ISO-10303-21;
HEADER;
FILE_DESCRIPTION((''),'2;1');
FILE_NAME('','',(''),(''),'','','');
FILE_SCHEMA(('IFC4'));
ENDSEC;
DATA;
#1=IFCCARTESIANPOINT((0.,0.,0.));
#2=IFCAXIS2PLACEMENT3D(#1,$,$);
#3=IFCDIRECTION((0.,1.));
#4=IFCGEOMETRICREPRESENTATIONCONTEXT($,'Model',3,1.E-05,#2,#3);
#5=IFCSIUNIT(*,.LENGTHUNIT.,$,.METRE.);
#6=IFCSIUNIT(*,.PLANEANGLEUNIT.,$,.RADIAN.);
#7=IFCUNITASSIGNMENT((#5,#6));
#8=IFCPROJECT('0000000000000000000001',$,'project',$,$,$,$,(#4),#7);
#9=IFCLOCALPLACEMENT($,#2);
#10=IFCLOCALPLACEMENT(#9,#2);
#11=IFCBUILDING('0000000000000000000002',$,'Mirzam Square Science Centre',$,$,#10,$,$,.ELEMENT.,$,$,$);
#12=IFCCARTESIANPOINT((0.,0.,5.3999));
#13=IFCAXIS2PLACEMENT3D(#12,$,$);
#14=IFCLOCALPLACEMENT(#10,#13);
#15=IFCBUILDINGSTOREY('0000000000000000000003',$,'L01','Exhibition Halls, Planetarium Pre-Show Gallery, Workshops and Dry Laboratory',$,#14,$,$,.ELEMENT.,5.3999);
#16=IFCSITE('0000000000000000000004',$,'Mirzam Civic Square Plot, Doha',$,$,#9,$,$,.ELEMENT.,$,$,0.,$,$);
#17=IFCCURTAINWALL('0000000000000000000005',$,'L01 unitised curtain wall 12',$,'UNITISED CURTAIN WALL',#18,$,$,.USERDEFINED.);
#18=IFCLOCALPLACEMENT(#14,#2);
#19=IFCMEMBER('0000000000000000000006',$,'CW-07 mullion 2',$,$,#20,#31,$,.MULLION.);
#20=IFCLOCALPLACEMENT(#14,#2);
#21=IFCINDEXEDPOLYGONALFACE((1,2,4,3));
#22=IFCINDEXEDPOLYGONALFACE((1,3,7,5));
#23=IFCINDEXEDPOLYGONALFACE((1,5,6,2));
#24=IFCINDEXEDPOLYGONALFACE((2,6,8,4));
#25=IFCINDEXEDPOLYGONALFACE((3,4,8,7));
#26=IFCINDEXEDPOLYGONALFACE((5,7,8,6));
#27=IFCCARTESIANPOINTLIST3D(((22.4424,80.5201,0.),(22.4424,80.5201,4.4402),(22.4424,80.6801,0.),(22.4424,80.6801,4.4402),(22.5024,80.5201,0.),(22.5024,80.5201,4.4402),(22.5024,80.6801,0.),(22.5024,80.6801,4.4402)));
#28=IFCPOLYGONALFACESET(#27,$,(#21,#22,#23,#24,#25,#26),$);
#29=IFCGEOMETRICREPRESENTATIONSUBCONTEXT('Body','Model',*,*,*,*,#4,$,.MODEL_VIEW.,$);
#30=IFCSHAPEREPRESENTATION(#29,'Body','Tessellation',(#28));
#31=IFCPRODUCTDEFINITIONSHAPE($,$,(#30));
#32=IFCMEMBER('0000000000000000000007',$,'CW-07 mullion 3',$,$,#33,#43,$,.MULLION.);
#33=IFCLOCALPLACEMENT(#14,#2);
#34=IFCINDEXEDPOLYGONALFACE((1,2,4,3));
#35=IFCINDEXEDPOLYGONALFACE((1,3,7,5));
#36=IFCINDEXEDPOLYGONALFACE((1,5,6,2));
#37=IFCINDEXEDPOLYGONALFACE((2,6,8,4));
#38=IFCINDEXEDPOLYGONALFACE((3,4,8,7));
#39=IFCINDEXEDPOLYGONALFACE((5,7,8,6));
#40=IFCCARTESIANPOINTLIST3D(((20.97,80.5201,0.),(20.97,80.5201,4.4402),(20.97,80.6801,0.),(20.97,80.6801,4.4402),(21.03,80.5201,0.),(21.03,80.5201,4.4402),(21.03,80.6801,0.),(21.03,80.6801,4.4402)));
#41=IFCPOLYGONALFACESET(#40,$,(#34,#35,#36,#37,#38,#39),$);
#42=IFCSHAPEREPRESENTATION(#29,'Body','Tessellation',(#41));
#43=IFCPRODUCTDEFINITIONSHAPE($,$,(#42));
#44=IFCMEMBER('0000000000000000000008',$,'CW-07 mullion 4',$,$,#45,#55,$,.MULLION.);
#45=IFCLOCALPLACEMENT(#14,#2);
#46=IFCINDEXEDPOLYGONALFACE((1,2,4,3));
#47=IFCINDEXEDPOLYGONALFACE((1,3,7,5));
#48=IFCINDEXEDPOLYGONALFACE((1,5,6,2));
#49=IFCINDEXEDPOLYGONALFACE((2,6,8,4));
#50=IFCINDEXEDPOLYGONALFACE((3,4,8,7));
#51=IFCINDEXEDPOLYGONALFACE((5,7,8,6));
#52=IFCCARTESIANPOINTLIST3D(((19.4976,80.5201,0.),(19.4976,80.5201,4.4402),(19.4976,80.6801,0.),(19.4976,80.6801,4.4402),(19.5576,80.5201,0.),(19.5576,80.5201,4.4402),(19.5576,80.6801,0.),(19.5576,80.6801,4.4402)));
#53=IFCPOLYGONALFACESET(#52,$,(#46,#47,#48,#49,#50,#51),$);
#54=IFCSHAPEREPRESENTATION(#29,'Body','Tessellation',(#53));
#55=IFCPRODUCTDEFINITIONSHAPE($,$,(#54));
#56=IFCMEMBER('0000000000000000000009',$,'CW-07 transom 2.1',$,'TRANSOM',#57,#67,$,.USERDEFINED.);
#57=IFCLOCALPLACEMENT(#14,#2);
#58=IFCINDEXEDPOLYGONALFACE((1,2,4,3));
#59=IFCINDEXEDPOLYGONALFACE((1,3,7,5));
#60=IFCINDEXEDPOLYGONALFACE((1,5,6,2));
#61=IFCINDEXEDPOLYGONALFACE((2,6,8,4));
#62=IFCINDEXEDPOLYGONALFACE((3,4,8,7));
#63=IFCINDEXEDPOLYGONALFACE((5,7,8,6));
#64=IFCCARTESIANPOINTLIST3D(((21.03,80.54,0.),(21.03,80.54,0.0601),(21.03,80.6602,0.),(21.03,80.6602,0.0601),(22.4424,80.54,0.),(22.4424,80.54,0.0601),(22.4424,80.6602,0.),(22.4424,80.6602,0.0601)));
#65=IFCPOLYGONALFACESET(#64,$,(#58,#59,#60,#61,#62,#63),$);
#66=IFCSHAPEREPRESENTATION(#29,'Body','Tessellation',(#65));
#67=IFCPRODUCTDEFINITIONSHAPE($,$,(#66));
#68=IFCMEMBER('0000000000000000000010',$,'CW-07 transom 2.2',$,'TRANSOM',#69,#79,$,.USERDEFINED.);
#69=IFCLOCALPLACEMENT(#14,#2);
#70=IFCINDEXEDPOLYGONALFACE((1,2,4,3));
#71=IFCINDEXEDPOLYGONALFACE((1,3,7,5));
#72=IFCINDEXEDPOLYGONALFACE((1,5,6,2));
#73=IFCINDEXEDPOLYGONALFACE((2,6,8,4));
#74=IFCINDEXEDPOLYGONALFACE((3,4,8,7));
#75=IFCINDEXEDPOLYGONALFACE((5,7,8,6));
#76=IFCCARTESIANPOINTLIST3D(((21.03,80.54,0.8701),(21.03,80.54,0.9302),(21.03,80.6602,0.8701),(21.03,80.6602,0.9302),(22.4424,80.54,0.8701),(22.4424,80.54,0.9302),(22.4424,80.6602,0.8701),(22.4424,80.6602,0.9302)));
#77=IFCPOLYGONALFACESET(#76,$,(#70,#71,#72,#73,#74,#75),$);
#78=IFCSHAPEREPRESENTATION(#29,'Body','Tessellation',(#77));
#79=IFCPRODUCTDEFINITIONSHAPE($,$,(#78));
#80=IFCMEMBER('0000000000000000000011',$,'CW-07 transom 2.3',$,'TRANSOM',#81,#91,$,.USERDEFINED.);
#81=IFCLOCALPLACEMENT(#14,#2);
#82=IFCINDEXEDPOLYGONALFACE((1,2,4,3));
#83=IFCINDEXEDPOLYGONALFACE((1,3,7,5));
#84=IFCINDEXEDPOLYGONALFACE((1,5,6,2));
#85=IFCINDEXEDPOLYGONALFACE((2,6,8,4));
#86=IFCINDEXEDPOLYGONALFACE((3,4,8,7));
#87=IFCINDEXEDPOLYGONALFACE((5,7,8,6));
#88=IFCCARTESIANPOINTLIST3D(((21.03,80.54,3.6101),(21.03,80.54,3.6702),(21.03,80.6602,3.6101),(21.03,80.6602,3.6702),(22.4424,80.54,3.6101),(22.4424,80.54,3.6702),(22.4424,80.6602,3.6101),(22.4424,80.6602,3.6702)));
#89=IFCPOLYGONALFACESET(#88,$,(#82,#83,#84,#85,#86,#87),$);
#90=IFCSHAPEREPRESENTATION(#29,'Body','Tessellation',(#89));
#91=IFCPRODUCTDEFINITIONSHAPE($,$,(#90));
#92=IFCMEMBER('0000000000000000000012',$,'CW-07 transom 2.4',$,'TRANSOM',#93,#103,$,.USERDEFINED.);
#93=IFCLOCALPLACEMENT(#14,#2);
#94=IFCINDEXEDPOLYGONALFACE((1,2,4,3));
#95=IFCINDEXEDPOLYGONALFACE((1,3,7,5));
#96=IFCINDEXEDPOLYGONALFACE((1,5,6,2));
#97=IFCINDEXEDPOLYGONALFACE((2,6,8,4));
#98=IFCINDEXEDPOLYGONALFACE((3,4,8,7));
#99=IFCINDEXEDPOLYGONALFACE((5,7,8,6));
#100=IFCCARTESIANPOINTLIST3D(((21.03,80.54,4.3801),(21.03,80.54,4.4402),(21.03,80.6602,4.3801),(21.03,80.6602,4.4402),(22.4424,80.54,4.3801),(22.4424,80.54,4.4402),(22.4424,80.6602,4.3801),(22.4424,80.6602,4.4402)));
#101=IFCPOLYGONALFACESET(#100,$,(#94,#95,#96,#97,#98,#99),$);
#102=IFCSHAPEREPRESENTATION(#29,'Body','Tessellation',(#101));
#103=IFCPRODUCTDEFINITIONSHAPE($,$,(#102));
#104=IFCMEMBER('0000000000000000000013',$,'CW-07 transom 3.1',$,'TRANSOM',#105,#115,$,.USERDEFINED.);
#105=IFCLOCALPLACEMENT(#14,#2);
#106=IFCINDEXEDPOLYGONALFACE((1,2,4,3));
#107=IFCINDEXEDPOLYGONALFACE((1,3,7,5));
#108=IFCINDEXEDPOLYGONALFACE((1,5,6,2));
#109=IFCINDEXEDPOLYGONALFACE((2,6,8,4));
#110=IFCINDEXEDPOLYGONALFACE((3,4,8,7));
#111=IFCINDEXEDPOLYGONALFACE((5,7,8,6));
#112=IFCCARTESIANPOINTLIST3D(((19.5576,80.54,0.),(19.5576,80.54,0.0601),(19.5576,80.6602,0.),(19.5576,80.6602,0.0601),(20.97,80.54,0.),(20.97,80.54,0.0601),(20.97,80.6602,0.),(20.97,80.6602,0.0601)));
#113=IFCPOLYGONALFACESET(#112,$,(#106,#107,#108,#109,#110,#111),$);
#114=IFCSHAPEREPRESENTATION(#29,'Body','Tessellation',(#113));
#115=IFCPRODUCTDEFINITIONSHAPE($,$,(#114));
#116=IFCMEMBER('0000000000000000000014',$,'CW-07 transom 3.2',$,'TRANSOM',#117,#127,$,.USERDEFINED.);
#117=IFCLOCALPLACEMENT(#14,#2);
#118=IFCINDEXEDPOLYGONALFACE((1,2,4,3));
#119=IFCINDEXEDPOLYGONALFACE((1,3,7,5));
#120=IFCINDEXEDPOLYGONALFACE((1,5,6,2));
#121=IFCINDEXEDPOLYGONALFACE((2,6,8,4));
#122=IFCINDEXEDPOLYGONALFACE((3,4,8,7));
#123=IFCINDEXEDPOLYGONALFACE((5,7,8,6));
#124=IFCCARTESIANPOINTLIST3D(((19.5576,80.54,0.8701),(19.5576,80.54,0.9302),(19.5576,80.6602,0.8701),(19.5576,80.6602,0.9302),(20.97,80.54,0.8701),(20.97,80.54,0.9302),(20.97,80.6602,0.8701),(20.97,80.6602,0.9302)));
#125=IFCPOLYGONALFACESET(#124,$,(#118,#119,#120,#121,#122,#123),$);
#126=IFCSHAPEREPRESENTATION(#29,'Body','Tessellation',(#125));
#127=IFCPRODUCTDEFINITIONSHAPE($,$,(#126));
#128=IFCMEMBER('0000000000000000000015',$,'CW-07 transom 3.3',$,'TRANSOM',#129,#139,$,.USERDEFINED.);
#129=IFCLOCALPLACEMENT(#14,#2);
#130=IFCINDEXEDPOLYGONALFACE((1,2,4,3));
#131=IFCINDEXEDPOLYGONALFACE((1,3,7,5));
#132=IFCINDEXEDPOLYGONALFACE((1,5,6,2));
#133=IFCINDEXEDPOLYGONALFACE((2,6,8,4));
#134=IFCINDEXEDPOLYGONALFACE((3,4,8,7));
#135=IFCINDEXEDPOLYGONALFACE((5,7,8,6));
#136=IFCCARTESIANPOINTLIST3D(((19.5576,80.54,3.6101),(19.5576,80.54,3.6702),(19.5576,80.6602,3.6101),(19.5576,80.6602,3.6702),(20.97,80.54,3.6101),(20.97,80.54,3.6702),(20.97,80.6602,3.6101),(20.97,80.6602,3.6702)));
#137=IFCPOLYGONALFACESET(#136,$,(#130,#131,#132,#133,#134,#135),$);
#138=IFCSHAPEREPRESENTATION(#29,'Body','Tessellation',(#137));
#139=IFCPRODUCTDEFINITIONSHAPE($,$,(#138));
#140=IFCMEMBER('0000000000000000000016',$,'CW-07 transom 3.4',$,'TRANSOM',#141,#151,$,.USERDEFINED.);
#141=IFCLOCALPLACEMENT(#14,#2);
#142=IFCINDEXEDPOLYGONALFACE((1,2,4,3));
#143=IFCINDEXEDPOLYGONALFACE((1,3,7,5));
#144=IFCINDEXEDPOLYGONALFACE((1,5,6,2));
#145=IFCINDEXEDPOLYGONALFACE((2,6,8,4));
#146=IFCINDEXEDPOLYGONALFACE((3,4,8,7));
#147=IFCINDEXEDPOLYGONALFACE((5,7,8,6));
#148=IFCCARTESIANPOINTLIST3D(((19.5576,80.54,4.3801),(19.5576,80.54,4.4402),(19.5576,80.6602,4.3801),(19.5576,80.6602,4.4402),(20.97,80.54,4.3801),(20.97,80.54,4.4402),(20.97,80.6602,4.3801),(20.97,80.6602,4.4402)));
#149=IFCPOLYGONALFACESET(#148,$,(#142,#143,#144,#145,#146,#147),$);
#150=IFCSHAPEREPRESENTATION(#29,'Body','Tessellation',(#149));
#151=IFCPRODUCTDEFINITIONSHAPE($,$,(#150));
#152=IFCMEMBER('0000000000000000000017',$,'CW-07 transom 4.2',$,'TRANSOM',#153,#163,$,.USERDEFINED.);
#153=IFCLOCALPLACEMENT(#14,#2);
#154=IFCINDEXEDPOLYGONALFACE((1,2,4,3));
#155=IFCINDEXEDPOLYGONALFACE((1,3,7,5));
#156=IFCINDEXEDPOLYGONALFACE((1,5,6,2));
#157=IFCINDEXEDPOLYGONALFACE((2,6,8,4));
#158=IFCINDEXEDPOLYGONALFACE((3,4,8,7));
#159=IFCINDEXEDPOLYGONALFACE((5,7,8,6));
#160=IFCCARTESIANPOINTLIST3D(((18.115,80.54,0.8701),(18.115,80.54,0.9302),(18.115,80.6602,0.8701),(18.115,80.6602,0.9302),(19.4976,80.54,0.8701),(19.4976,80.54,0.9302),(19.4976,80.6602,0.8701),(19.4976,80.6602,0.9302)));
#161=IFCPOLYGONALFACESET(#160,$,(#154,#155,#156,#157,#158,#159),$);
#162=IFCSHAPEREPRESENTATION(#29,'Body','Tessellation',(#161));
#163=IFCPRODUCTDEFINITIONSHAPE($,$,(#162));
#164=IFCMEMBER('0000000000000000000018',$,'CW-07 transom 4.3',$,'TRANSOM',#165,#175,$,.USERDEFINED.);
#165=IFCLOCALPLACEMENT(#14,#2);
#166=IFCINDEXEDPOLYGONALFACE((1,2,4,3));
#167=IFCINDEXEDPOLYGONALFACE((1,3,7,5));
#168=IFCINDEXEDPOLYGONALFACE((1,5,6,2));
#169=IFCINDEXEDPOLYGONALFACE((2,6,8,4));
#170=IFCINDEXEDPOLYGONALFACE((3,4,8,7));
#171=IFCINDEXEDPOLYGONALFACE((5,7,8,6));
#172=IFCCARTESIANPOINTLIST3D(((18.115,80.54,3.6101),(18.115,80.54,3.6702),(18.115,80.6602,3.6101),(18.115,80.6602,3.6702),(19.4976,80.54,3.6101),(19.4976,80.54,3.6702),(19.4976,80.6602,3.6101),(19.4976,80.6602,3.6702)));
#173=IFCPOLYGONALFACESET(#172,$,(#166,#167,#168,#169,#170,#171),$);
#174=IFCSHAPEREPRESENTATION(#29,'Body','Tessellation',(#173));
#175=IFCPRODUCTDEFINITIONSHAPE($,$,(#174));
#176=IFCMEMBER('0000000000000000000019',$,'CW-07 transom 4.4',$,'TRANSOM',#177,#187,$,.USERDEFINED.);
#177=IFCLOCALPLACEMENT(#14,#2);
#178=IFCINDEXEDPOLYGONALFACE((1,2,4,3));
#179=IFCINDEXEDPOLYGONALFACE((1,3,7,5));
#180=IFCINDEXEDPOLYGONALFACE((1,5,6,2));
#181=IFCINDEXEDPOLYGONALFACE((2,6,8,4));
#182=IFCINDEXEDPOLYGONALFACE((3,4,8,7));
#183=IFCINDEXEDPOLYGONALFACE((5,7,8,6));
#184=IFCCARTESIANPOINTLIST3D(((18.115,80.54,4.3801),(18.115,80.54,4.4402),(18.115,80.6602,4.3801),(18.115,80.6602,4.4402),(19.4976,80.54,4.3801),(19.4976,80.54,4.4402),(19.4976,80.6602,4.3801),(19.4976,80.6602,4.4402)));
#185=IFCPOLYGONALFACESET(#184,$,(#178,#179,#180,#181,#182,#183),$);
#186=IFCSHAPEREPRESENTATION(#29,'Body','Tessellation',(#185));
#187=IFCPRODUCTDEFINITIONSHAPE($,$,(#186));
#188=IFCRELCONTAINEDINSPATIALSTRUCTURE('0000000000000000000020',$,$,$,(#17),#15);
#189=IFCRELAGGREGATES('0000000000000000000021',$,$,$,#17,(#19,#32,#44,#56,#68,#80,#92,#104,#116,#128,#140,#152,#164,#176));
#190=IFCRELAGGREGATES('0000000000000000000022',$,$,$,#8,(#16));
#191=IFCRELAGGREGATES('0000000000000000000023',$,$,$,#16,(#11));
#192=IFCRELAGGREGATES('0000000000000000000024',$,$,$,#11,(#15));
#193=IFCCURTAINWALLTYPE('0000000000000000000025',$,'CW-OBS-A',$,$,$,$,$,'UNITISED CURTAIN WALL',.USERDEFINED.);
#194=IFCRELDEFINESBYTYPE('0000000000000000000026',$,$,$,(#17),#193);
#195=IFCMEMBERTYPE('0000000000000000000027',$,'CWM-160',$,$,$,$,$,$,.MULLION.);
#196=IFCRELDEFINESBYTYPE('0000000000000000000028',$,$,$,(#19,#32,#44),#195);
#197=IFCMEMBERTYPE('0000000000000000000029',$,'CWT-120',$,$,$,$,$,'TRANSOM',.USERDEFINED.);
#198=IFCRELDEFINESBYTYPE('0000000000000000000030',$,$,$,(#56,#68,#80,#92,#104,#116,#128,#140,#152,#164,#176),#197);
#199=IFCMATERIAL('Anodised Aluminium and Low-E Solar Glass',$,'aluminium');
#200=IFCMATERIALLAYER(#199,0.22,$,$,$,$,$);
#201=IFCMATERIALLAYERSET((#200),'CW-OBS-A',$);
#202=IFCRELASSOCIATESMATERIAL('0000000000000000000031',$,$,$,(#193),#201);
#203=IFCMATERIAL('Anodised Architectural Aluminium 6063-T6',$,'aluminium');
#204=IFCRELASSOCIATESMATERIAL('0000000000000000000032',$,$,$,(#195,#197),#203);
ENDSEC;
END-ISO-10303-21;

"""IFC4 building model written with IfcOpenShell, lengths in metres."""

from ifc_helpers import new_model, si_unit, direction, frame, origin, origin_2d, place, context, subcontext, project, spatial, rectangle, extrude, material, layer, layer_set, material_profile, profile_set, type_object, element, aggregate, save


model = new_model("IFC4")

# Units and contexts
model_context = context("Model", 3, precision=1e-05, world=origin(), true_north=direction((0.0, 1.0)))
body_context = subcontext(model_context, "Body", "Model", "MODEL_VIEW")
ifc_project = project(units=[si_unit("LENGTHUNIT", "METRE"), si_unit("PLANEANGLEUNIT", "RADIAN")], contexts=[model_context])

# Site, building, storey
site_placement = place(None, origin())
site = spatial("IfcSite", under=ifc_project, at=site_placement, Name="Mirzam Civic Square Plot, Doha", CompositionType="ELEMENT", RefElevation=0.0)
building_placement = place(site_placement, origin())
building = spatial("IfcBuilding", under=site, at=building_placement, Name="Mirzam Square Science Centre", CompositionType="ELEMENT")
storey_placement = place(building_placement, frame((0.0, 0.0, 5.3999)))
storey = spatial("IfcBuildingStorey", under=building, at=storey_placement, Name="L01", Description="Exhibition Halls, Planetarium Pre-Show Gallery, Workshops and Dry Laboratory", CompositionType="ELEMENT", Elevation=5.3999)

# Curtain wall, members
ifc_material_1 = material(Name="Anodised Aluminium and Low-E Solar Glass", Category="aluminium")
ifc_layer_1 = layer(ifc_material_1, 0.22)
ifc_layer_set_1 = layer_set([ifc_layer_1], Name="CW-OBS-A")
curtain_wall_type = type_object("IfcCurtainWallType", Name="CW-OBS-A", ElementType="UNITISED CURTAIN WALL", PredefinedType="USERDEFINED", material=ifc_layer_set_1)
curtain_wall_placement = place(storey_placement, origin())
curtain_wall = element("IfcCurtainWall", 1, at=curtain_wall_placement, inside=storey, type_object=curtain_wall_type, Name="L01 unitised curtain wall 12", ObjectType="UNITISED CURTAIN WALL", PredefinedType="USERDEFINED")
ifc_material_2 = material(Name="Anodised Architectural Aluminium 6063-T6", Category="aluminium")
ifc_material_profile_1 = material_profile(ifc_material_2, rectangle(XDim=0.0601, YDim=0.1599, at=origin_2d()), Name="ALU-MULL-160x60x4")
ifc_profile_set_1 = profile_set([ifc_material_profile_1], Name="Anodised Architectural Aluminium 6063-T6")
member_type_1 = type_object("IfcMemberType", Name="CWM-160", PredefinedType="MULLION", material=ifc_profile_set_1)
member_1_placement = place(storey_placement, frame((22.4724, 80.6001, 0.0), z_axis=(0.0, 0.0, 1.0), x_axis=(-1.0, 0.0, 0.0)))
member_1 = element("IfcMember", 2, at=member_1_placement, type_object=member_type_1, Name="CW-07 mullion 2", PredefinedType="MULLION", context=body_context, shape_type="SweptSolid", body=[
    extrude(rectangle(XDim=0.0601, YDim=0.1599, at=origin_2d()), origin(), (0.0, 0.0, 1.0), 4.4402),
])
member_2_placement = place(storey_placement, frame((21.0, 80.6001, 0.0), z_axis=(0.0, 0.0, 1.0), x_axis=(-1.0, 0.0, 0.0)))
member_2 = element("IfcMember", 3, at=member_2_placement, type_object=member_type_1, Name="CW-07 mullion 3", PredefinedType="MULLION", context=body_context, shape_type="SweptSolid", body=[
    extrude(rectangle(XDim=0.0601, YDim=0.1599, at=origin_2d()), origin(), (0.0, 0.0, 1.0), 4.4402),
])
member_3_placement = place(storey_placement, frame((19.5276, 80.6001, 0.0), z_axis=(0.0, 0.0, 1.0), x_axis=(-1.0, 0.0, 0.0)))
member_3 = element("IfcMember", 4, at=member_3_placement, type_object=member_type_1, Name="CW-07 mullion 4", PredefinedType="MULLION", context=body_context, shape_type="SweptSolid", body=[
    extrude(rectangle(XDim=0.0601, YDim=0.1599, at=origin_2d()), origin(), (0.0, 0.0, 1.0), 4.4402),
])
ifc_material_profile_2 = material_profile(ifc_material_2, rectangle(XDim=0.1201, YDim=0.0601, at=origin_2d()), Name="ALU-TRAN-120x60x4")
ifc_profile_set_2 = profile_set([ifc_material_profile_2], Name="Anodised Architectural Aluminium 6063-T6")
member_type_2 = type_object("IfcMemberType", Name="CWT-120", ElementType="TRANSOM", PredefinedType="USERDEFINED", material=ifc_profile_set_2)
member_4_placement = place(storey_placement, frame((22.4424, 80.6001, 0.03), z_axis=(-1.0, 0.0, 0.0), x_axis=(0.0, -1.0, 0.0)))
member_4 = element("IfcMember", 5, at=member_4_placement, type_object=member_type_2, Name="CW-07 transom 2.1", ObjectType="TRANSOM", PredefinedType="USERDEFINED", context=body_context, shape_type="SweptSolid", body=[
    extrude(rectangle(XDim=0.1201, YDim=0.0601, at=origin_2d()), origin(), (0.0, 0.0, 1.0), 1.4124),
])
member_5_placement = place(storey_placement, frame((22.4424, 80.6001, 0.9001), z_axis=(-1.0, 0.0, 0.0), x_axis=(0.0, -1.0, 0.0)))
member_5 = element("IfcMember", 6, at=member_5_placement, type_object=member_type_2, Name="CW-07 transom 2.2", ObjectType="TRANSOM", PredefinedType="USERDEFINED", context=body_context, shape_type="SweptSolid", body=[
    extrude(rectangle(XDim=0.1201, YDim=0.0601, at=origin_2d()), origin(), (0.0, 0.0, 1.0), 1.4124),
])
member_6_placement = place(storey_placement, frame((22.4424, 80.6001, 3.6401), z_axis=(-1.0, 0.0, 0.0), x_axis=(0.0, -1.0, 0.0)))
member_6 = element("IfcMember", 7, at=member_6_placement, type_object=member_type_2, Name="CW-07 transom 2.3", ObjectType="TRANSOM", PredefinedType="USERDEFINED", context=body_context, shape_type="SweptSolid", body=[
    extrude(rectangle(XDim=0.1201, YDim=0.0601, at=origin_2d()), origin(), (0.0, 0.0, 1.0), 1.4124),
])
member_7_placement = place(storey_placement, frame((22.4424, 80.6001, 4.4102), z_axis=(-1.0, 0.0, 0.0), x_axis=(0.0, -1.0, 0.0)))
member_7 = element("IfcMember", 8, at=member_7_placement, type_object=member_type_2, Name="CW-07 transom 2.4", ObjectType="TRANSOM", PredefinedType="USERDEFINED", context=body_context, shape_type="SweptSolid", body=[
    extrude(rectangle(XDim=0.1201, YDim=0.0601, at=origin_2d()), origin(), (0.0, 0.0, 1.0), 1.4124),
])
member_8_placement = place(storey_placement, frame((20.97, 80.6001, 0.03), z_axis=(-1.0, 0.0, 0.0), x_axis=(0.0, -1.0, 0.0)))
member_8 = element("IfcMember", 9, at=member_8_placement, type_object=member_type_2, Name="CW-07 transom 3.1", ObjectType="TRANSOM", PredefinedType="USERDEFINED", context=body_context, shape_type="SweptSolid", body=[
    extrude(rectangle(XDim=0.1201, YDim=0.0601, at=origin_2d()), origin(), (0.0, 0.0, 1.0), 1.4124),
])
member_9_placement = place(storey_placement, frame((20.97, 80.6001, 0.9001), z_axis=(-1.0, 0.0, 0.0), x_axis=(0.0, -1.0, 0.0)))
member_9 = element("IfcMember", 10, at=member_9_placement, type_object=member_type_2, Name="CW-07 transom 3.2", ObjectType="TRANSOM", PredefinedType="USERDEFINED", context=body_context, shape_type="SweptSolid", body=[
    extrude(rectangle(XDim=0.1201, YDim=0.0601, at=origin_2d()), origin(), (0.0, 0.0, 1.0), 1.4124),
])
member_10_placement = place(storey_placement, frame((20.97, 80.6001, 3.6401), z_axis=(-1.0, 0.0, 0.0), x_axis=(0.0, -1.0, 0.0)))
member_10 = element("IfcMember", 11, at=member_10_placement, type_object=member_type_2, Name="CW-07 transom 3.3", ObjectType="TRANSOM", PredefinedType="USERDEFINED", context=body_context, shape_type="SweptSolid", body=[
    extrude(rectangle(XDim=0.1201, YDim=0.0601, at=origin_2d()), origin(), (0.0, 0.0, 1.0), 1.4124),
])
member_11_placement = place(storey_placement, frame((20.97, 80.6001, 4.4102), z_axis=(-1.0, 0.0, 0.0), x_axis=(0.0, -1.0, 0.0)))
member_11 = element("IfcMember", 12, at=member_11_placement, type_object=member_type_2, Name="CW-07 transom 3.4", ObjectType="TRANSOM", PredefinedType="USERDEFINED", context=body_context, shape_type="SweptSolid", body=[
    extrude(rectangle(XDim=0.1201, YDim=0.0601, at=origin_2d()), origin(), (0.0, 0.0, 1.0), 1.4124),
])
member_12_placement = place(storey_placement, frame((19.4976, 80.6001, 0.9001), z_axis=(-1.0, 0.0, 0.0), x_axis=(0.0, -1.0, 0.0)))
member_12 = element("IfcMember", 13, at=member_12_placement, type_object=member_type_2, Name="CW-07 transom 4.2", ObjectType="TRANSOM", PredefinedType="USERDEFINED", context=body_context, shape_type="SweptSolid", body=[
    extrude(rectangle(XDim=0.1201, YDim=0.0601, at=origin_2d()), origin(), (0.0, 0.0, 1.0), 1.3826),
])
member_13_placement = place(storey_placement, frame((19.4976, 80.6001, 3.6401), z_axis=(-1.0, 0.0, 0.0), x_axis=(0.0, -1.0, 0.0)))
member_13 = element("IfcMember", 14, at=member_13_placement, type_object=member_type_2, Name="CW-07 transom 4.3", ObjectType="TRANSOM", PredefinedType="USERDEFINED", context=body_context, shape_type="SweptSolid", body=[
    extrude(rectangle(XDim=0.1201, YDim=0.0601, at=origin_2d()), origin(), (0.0, 0.0, 1.0), 1.3826),
])
member_14_placement = place(storey_placement, frame((19.4976, 80.6001, 4.4102), z_axis=(-1.0, 0.0, 0.0), x_axis=(0.0, -1.0, 0.0)))
member_14 = element("IfcMember", 15, at=member_14_placement, type_object=member_type_2, Name="CW-07 transom 4.4", ObjectType="TRANSOM", PredefinedType="USERDEFINED", context=body_context, shape_type="SweptSolid", body=[
    extrude(rectangle(XDim=0.1201, YDim=0.0601, at=origin_2d()), origin(), (0.0, 0.0, 1.0), 1.3826),
])
aggregate(curtain_wall, [member_1, member_2, member_3, member_4, member_5, member_6, member_7, member_8, member_9, member_10, member_11, member_12, member_13, member_14])

save(model, "model.ifc")
